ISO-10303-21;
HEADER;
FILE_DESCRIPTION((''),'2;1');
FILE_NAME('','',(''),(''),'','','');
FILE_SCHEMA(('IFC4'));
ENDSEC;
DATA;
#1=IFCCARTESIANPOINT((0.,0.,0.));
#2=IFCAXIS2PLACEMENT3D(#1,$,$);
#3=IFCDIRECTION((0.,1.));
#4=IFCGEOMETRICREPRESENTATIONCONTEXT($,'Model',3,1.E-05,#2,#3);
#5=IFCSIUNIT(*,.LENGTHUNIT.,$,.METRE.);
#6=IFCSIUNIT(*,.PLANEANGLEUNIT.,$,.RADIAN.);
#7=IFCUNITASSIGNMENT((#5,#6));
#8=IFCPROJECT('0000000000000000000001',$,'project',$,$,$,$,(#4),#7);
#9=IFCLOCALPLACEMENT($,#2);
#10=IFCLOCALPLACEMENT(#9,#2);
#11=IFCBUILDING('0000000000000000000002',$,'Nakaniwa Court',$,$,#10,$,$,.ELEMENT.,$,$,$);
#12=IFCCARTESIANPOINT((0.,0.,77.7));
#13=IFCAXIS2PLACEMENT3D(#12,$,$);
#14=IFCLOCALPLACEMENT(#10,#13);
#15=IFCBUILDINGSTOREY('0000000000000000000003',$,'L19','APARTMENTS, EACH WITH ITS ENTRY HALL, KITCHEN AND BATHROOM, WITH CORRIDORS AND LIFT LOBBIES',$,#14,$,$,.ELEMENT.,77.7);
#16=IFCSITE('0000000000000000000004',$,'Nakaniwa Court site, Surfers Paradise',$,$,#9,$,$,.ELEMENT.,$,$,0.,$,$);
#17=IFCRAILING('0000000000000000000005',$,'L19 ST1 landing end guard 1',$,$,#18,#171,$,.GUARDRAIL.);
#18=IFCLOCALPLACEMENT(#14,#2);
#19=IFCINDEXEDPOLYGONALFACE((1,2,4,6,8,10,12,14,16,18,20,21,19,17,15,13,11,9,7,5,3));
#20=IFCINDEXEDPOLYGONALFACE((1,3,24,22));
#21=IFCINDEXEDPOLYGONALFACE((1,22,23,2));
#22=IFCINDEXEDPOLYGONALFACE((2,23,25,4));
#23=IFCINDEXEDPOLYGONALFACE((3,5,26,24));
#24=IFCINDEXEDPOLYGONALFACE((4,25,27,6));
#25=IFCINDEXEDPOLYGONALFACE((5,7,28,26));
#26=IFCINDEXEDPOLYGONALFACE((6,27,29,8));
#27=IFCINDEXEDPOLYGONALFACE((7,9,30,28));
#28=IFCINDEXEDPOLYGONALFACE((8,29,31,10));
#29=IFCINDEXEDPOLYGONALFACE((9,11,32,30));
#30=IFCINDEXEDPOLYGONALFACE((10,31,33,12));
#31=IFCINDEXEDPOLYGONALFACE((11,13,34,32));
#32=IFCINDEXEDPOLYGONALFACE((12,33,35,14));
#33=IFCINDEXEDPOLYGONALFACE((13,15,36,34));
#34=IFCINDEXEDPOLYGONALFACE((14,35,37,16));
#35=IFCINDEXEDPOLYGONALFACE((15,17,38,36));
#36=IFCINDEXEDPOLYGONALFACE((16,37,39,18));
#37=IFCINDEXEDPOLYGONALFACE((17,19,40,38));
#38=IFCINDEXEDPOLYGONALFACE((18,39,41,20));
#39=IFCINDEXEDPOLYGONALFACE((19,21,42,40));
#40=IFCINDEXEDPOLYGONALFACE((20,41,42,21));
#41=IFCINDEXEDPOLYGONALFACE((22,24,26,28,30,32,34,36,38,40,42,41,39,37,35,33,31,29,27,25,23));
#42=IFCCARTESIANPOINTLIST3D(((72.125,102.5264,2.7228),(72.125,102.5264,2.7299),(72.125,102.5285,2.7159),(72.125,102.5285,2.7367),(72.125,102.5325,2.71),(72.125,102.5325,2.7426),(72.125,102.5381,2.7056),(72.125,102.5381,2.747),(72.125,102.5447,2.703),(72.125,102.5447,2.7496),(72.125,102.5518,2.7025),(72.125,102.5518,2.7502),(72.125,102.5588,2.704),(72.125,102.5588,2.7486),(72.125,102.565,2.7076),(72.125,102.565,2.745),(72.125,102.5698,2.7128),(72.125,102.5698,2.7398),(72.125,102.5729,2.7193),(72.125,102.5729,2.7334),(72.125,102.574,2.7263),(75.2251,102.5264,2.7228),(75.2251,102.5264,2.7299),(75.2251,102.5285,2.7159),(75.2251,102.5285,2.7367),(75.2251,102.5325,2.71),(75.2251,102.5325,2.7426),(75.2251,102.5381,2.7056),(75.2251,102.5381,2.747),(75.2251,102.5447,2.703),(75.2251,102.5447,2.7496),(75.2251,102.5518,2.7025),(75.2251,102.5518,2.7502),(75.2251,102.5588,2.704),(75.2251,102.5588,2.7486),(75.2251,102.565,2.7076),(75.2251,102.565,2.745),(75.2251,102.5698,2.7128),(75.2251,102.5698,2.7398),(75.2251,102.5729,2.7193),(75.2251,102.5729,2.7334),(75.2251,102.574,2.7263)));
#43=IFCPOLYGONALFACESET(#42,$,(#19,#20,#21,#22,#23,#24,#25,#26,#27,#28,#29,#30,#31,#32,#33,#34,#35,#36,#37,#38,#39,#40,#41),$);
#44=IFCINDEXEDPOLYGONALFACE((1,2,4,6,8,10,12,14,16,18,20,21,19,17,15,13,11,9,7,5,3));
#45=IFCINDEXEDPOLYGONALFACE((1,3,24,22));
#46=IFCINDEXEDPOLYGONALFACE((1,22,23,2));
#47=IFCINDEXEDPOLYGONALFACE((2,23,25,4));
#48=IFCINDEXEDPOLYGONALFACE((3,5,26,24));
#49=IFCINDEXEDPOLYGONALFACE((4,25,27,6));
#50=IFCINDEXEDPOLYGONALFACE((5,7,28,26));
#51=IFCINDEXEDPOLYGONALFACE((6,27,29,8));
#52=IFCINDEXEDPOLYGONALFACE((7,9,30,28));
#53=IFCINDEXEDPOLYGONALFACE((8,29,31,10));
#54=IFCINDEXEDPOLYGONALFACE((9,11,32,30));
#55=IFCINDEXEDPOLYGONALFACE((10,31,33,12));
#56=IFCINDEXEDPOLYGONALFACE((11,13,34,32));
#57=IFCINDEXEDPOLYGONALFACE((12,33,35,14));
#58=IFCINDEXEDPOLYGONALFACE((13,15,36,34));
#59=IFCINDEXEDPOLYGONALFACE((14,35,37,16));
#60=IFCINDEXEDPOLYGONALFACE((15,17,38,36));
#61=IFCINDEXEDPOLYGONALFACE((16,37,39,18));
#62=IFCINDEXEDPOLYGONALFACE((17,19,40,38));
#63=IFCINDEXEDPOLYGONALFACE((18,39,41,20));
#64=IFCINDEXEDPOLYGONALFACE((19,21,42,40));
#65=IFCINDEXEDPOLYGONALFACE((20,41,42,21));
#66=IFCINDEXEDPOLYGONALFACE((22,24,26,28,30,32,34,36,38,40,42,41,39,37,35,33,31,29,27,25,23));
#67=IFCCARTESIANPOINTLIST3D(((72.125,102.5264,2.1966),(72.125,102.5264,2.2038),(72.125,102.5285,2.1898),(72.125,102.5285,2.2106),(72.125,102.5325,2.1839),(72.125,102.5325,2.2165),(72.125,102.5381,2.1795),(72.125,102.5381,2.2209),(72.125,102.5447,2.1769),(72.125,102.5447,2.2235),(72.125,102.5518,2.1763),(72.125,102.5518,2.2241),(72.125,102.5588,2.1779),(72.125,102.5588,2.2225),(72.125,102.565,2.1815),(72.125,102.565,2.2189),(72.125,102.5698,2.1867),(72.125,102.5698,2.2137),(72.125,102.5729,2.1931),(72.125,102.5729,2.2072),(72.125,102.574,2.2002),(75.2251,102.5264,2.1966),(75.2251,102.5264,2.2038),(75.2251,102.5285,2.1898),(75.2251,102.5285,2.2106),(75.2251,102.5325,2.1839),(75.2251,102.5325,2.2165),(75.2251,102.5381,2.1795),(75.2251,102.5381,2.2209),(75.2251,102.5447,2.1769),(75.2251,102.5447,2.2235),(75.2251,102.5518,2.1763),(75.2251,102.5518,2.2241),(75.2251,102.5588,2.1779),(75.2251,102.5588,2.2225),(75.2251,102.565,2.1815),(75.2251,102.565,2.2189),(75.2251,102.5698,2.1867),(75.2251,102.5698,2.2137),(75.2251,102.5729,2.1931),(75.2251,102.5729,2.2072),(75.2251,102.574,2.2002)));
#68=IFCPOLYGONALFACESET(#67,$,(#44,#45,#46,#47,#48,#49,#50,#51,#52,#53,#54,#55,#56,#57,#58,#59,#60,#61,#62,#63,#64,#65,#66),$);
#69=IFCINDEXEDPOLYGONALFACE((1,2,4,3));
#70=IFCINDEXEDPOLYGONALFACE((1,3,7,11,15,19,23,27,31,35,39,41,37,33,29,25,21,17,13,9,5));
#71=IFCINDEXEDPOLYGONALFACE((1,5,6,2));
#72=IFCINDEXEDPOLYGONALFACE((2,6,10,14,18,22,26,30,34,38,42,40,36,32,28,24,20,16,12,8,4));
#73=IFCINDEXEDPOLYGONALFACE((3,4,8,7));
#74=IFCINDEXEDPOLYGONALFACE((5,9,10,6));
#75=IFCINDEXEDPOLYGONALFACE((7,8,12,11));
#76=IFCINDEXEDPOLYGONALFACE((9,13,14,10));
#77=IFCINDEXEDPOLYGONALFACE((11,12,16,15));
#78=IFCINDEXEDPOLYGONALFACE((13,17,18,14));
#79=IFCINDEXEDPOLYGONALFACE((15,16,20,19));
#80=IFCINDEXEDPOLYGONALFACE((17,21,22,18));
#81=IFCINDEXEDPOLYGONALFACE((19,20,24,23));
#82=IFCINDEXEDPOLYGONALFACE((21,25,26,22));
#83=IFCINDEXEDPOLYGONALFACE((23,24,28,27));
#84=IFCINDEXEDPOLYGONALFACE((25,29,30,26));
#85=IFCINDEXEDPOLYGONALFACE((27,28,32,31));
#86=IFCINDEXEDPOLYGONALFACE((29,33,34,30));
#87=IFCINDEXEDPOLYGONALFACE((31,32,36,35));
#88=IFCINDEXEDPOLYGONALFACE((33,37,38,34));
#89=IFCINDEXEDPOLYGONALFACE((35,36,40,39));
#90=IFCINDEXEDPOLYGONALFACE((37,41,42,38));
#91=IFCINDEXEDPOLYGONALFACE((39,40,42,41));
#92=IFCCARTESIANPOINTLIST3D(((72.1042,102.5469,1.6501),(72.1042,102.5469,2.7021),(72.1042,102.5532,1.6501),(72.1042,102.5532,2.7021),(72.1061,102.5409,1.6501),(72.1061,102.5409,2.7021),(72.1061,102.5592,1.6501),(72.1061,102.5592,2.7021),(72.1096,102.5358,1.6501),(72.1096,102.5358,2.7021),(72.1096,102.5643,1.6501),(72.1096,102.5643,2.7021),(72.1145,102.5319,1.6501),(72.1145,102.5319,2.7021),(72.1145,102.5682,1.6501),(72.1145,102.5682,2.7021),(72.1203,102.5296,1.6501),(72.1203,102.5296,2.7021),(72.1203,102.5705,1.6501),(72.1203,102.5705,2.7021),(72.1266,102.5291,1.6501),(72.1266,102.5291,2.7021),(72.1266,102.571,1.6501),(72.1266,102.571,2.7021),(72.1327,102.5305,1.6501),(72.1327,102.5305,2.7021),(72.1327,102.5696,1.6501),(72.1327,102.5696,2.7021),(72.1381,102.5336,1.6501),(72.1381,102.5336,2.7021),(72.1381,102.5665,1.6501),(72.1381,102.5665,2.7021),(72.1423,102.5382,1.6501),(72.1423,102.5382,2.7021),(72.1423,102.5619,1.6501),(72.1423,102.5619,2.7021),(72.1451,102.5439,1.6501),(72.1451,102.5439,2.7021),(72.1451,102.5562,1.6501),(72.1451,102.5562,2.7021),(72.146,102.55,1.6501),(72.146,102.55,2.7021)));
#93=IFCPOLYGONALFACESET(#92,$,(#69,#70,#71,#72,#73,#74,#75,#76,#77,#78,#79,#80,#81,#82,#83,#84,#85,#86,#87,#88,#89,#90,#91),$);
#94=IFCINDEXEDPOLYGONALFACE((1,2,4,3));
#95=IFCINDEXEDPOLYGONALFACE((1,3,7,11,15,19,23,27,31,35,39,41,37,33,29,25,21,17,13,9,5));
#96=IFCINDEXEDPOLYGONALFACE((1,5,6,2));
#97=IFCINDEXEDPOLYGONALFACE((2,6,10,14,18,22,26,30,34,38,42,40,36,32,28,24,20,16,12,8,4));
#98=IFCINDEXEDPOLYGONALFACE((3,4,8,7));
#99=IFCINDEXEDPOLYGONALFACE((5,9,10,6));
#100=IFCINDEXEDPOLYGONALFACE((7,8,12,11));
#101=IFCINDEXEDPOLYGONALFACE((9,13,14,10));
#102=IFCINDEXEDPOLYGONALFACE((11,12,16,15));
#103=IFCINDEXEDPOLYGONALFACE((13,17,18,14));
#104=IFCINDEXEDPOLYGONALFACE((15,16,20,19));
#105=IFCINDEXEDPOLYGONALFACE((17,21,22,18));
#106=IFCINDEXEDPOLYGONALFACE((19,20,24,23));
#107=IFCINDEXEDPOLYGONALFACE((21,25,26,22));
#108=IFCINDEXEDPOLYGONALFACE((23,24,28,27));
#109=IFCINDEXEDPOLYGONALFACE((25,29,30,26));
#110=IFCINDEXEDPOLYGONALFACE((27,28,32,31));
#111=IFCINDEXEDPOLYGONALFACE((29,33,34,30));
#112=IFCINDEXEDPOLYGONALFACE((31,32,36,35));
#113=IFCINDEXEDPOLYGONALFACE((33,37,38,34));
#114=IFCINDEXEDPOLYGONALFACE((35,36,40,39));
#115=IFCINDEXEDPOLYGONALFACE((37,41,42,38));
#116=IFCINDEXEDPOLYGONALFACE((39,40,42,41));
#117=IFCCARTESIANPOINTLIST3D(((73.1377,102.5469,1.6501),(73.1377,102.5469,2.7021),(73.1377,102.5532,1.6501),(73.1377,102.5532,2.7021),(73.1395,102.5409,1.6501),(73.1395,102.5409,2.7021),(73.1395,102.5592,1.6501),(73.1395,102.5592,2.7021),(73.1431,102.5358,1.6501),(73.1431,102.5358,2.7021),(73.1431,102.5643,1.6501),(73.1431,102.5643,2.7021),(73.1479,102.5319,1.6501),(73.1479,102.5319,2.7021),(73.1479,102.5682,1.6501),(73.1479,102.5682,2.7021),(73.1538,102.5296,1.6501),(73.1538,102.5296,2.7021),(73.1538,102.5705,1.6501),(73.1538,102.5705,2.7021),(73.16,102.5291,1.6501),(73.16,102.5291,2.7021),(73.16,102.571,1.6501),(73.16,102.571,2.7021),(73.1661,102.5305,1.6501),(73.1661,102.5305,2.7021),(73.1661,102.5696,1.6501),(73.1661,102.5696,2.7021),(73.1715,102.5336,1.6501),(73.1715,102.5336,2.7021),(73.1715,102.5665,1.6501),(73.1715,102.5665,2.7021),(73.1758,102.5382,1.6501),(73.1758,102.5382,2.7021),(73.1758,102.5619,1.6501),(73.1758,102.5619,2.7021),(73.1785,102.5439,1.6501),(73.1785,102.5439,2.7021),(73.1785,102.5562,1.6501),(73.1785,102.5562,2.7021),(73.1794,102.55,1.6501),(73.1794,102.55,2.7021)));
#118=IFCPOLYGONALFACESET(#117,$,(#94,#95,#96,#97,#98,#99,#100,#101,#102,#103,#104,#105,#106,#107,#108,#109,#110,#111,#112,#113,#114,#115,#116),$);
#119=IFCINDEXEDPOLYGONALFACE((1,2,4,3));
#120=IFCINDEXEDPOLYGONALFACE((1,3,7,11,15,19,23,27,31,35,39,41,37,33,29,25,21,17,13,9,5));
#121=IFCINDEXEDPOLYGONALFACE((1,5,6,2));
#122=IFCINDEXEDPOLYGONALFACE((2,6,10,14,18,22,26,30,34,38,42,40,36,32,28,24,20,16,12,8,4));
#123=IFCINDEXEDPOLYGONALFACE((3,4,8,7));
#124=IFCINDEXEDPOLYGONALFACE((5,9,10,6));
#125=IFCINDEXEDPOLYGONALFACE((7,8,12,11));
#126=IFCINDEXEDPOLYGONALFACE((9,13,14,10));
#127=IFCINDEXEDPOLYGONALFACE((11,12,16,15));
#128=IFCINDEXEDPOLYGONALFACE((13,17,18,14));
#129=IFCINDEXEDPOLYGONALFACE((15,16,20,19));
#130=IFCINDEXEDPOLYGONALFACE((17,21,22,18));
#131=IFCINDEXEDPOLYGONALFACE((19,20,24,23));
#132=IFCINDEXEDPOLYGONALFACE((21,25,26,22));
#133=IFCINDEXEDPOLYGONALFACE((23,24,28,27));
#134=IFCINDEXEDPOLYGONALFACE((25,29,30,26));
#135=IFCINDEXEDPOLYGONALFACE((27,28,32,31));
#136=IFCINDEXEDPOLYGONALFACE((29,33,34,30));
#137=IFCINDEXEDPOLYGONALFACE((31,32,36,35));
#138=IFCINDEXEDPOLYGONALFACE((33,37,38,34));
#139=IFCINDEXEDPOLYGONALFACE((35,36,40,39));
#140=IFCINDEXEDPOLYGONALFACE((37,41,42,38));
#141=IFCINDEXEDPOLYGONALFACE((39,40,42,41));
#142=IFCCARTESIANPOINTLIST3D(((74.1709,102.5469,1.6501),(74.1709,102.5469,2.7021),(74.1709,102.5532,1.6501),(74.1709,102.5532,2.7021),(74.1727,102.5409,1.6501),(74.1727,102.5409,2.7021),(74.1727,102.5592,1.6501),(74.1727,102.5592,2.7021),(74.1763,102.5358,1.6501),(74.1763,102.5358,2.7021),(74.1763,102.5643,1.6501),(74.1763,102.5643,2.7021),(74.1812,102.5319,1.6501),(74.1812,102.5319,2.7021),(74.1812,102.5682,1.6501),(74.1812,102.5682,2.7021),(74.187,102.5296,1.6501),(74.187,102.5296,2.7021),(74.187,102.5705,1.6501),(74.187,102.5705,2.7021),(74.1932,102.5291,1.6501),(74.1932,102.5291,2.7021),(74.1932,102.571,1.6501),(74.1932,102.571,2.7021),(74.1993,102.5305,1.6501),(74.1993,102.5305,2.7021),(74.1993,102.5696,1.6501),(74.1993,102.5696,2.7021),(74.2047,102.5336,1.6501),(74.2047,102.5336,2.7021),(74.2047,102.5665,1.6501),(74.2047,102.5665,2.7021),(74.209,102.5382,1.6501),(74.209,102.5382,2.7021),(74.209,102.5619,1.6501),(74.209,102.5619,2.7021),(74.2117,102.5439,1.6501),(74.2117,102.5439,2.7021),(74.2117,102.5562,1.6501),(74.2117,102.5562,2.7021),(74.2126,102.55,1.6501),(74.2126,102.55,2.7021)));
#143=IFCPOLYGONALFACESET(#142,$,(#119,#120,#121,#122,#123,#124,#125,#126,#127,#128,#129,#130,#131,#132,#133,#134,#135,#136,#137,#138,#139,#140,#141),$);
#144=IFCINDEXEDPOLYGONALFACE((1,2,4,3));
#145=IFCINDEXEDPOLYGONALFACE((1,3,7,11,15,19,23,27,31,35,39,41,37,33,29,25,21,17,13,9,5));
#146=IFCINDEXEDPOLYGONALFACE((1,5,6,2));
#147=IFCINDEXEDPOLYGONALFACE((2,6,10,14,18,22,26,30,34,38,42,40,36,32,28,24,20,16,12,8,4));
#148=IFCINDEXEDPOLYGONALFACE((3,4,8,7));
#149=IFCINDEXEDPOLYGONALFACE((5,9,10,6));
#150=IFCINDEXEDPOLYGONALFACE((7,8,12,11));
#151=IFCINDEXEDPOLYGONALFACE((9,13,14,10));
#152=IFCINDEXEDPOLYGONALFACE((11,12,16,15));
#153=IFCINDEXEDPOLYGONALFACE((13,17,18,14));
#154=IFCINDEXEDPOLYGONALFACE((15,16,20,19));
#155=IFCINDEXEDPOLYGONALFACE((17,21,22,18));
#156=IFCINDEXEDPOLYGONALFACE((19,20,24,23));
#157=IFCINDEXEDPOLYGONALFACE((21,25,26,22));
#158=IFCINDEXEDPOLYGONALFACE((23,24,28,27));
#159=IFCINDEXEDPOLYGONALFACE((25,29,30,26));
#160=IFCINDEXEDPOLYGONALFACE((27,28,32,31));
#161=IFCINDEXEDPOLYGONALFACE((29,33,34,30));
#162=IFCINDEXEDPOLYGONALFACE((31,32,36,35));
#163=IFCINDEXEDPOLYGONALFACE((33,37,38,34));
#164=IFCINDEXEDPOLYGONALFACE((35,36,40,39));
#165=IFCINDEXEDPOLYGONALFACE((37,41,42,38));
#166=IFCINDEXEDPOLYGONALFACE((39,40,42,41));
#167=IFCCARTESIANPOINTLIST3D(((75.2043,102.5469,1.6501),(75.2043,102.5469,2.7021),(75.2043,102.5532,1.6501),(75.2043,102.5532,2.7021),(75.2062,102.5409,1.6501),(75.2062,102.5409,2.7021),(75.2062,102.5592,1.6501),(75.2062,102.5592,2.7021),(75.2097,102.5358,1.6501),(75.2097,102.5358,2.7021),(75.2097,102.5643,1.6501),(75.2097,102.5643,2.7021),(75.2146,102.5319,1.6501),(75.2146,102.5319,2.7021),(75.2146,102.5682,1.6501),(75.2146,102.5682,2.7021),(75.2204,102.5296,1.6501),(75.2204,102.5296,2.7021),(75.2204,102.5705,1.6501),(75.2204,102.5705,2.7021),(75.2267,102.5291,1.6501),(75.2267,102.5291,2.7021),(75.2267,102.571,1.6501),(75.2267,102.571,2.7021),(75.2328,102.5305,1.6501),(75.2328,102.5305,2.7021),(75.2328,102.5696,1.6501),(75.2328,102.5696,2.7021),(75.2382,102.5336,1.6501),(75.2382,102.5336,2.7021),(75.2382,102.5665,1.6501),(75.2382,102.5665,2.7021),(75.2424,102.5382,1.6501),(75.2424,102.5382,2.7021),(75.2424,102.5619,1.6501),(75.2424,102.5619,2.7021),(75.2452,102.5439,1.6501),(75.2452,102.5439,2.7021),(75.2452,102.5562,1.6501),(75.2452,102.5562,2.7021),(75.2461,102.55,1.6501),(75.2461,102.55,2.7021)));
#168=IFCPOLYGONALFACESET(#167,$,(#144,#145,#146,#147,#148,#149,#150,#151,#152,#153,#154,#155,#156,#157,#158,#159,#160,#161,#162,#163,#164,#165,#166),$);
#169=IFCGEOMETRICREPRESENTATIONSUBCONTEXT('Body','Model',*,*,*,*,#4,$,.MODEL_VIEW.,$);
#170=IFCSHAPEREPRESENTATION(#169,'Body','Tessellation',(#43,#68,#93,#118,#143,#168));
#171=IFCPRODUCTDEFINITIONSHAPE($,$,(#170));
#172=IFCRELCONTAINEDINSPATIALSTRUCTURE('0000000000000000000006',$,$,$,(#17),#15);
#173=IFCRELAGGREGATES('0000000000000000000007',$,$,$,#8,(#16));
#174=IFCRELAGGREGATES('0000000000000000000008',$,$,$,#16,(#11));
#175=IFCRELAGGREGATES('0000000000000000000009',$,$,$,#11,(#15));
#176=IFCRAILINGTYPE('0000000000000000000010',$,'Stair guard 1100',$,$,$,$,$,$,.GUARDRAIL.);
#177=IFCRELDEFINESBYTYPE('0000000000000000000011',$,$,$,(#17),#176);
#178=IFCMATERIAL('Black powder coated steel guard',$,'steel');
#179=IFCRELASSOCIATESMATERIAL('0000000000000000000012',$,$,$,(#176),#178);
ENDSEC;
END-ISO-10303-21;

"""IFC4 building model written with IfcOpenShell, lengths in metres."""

from ifc_helpers import new_model, si_unit, direction, frame, origin, origin_2d, place, context, subcontext, project, spatial, circle, extrude, material, type_object, element, save


model = new_model("IFC4")

# Units and contexts
model_context = context("Model", 3, precision=1e-05, world=origin(), true_north=direction((0.0, 1.0)))
body_context = subcontext(model_context, "Body", "Model", "MODEL_VIEW")
ifc_project = project(units=[si_unit("LENGTHUNIT", "METRE"), si_unit("PLANEANGLEUNIT", "RADIAN")], contexts=[model_context])

# Site, building, storey
site_placement = place(None, origin())
site = spatial("IfcSite", under=ifc_project, at=site_placement, Name="Nakaniwa Court site, Surfers Paradise", CompositionType="ELEMENT", RefElevation=0.0)
building_placement = place(site_placement, origin())
building = spatial("IfcBuilding", under=site, at=building_placement, Name="Nakaniwa Court", CompositionType="ELEMENT")
storey_placement = place(building_placement, frame((0.0, 0.0, 77.7)))
storey = spatial("IfcBuildingStorey", under=building, at=storey_placement, Name="L19", Description="APARTMENTS, EACH WITH ITS ENTRY HALL, KITCHEN AND BATHROOM, WITH CORRIDORS AND LIFT LOBBIES", CompositionType="ELEMENT", Elevation=77.7)

# Railing
ifc_material_1 = material(Name="Black powder coated steel guard", Category="steel")
railing_type_1 = type_object("IfcRailingType", Name="Stair guard 1100", PredefinedType="GUARDRAIL", material=ifc_material_1)
railing_1_placement = place(storey_placement, frame((72.125, 102.55, 1.6501)))
element("IfcRailing", 1, at=railing_1_placement, inside=storey, type_object=railing_type_1, Name="L19 ST1 landing end guard 1", PredefinedType="GUARDRAIL", context=body_context, shape_type="SweptSolid", body=[
    extrude(circle(Radius=0.0239, at=origin_2d()), frame((0.0, 0.0, 1.0762), z_axis=(1.0, 0.0, 0.0), x_axis=(0.0, 1.0, 0.0)), (0.0, 0.0, 1.0), 3.1001),
    extrude(circle(Radius=0.0239, at=origin_2d()), frame((0.0, 0.0, 0.55), z_axis=(1.0, 0.0, 0.0), x_axis=(0.0, 1.0, 0.0)), (0.0, 0.0, 1.0), 3.1001),
    extrude(circle(Radius=0.021, at=origin_2d()), origin(), (0.0, 0.0, 1.0), 1.052),
    extrude(circle(Radius=0.021, at=origin_2d()), frame((1.0334, 0.0, 0.0)), (0.0, 0.0, 1.0), 1.052),
    extrude(circle(Radius=0.021, at=origin_2d()), frame((2.0667, 0.0, 0.0)), (0.0, 0.0, 1.0), 1.052),
    extrude(circle(Radius=0.021, at=origin_2d()), frame((3.1001, 0.0, 0.0)), (0.0, 0.0, 1.0), 1.052),
])

save(model, "model.ifc")
